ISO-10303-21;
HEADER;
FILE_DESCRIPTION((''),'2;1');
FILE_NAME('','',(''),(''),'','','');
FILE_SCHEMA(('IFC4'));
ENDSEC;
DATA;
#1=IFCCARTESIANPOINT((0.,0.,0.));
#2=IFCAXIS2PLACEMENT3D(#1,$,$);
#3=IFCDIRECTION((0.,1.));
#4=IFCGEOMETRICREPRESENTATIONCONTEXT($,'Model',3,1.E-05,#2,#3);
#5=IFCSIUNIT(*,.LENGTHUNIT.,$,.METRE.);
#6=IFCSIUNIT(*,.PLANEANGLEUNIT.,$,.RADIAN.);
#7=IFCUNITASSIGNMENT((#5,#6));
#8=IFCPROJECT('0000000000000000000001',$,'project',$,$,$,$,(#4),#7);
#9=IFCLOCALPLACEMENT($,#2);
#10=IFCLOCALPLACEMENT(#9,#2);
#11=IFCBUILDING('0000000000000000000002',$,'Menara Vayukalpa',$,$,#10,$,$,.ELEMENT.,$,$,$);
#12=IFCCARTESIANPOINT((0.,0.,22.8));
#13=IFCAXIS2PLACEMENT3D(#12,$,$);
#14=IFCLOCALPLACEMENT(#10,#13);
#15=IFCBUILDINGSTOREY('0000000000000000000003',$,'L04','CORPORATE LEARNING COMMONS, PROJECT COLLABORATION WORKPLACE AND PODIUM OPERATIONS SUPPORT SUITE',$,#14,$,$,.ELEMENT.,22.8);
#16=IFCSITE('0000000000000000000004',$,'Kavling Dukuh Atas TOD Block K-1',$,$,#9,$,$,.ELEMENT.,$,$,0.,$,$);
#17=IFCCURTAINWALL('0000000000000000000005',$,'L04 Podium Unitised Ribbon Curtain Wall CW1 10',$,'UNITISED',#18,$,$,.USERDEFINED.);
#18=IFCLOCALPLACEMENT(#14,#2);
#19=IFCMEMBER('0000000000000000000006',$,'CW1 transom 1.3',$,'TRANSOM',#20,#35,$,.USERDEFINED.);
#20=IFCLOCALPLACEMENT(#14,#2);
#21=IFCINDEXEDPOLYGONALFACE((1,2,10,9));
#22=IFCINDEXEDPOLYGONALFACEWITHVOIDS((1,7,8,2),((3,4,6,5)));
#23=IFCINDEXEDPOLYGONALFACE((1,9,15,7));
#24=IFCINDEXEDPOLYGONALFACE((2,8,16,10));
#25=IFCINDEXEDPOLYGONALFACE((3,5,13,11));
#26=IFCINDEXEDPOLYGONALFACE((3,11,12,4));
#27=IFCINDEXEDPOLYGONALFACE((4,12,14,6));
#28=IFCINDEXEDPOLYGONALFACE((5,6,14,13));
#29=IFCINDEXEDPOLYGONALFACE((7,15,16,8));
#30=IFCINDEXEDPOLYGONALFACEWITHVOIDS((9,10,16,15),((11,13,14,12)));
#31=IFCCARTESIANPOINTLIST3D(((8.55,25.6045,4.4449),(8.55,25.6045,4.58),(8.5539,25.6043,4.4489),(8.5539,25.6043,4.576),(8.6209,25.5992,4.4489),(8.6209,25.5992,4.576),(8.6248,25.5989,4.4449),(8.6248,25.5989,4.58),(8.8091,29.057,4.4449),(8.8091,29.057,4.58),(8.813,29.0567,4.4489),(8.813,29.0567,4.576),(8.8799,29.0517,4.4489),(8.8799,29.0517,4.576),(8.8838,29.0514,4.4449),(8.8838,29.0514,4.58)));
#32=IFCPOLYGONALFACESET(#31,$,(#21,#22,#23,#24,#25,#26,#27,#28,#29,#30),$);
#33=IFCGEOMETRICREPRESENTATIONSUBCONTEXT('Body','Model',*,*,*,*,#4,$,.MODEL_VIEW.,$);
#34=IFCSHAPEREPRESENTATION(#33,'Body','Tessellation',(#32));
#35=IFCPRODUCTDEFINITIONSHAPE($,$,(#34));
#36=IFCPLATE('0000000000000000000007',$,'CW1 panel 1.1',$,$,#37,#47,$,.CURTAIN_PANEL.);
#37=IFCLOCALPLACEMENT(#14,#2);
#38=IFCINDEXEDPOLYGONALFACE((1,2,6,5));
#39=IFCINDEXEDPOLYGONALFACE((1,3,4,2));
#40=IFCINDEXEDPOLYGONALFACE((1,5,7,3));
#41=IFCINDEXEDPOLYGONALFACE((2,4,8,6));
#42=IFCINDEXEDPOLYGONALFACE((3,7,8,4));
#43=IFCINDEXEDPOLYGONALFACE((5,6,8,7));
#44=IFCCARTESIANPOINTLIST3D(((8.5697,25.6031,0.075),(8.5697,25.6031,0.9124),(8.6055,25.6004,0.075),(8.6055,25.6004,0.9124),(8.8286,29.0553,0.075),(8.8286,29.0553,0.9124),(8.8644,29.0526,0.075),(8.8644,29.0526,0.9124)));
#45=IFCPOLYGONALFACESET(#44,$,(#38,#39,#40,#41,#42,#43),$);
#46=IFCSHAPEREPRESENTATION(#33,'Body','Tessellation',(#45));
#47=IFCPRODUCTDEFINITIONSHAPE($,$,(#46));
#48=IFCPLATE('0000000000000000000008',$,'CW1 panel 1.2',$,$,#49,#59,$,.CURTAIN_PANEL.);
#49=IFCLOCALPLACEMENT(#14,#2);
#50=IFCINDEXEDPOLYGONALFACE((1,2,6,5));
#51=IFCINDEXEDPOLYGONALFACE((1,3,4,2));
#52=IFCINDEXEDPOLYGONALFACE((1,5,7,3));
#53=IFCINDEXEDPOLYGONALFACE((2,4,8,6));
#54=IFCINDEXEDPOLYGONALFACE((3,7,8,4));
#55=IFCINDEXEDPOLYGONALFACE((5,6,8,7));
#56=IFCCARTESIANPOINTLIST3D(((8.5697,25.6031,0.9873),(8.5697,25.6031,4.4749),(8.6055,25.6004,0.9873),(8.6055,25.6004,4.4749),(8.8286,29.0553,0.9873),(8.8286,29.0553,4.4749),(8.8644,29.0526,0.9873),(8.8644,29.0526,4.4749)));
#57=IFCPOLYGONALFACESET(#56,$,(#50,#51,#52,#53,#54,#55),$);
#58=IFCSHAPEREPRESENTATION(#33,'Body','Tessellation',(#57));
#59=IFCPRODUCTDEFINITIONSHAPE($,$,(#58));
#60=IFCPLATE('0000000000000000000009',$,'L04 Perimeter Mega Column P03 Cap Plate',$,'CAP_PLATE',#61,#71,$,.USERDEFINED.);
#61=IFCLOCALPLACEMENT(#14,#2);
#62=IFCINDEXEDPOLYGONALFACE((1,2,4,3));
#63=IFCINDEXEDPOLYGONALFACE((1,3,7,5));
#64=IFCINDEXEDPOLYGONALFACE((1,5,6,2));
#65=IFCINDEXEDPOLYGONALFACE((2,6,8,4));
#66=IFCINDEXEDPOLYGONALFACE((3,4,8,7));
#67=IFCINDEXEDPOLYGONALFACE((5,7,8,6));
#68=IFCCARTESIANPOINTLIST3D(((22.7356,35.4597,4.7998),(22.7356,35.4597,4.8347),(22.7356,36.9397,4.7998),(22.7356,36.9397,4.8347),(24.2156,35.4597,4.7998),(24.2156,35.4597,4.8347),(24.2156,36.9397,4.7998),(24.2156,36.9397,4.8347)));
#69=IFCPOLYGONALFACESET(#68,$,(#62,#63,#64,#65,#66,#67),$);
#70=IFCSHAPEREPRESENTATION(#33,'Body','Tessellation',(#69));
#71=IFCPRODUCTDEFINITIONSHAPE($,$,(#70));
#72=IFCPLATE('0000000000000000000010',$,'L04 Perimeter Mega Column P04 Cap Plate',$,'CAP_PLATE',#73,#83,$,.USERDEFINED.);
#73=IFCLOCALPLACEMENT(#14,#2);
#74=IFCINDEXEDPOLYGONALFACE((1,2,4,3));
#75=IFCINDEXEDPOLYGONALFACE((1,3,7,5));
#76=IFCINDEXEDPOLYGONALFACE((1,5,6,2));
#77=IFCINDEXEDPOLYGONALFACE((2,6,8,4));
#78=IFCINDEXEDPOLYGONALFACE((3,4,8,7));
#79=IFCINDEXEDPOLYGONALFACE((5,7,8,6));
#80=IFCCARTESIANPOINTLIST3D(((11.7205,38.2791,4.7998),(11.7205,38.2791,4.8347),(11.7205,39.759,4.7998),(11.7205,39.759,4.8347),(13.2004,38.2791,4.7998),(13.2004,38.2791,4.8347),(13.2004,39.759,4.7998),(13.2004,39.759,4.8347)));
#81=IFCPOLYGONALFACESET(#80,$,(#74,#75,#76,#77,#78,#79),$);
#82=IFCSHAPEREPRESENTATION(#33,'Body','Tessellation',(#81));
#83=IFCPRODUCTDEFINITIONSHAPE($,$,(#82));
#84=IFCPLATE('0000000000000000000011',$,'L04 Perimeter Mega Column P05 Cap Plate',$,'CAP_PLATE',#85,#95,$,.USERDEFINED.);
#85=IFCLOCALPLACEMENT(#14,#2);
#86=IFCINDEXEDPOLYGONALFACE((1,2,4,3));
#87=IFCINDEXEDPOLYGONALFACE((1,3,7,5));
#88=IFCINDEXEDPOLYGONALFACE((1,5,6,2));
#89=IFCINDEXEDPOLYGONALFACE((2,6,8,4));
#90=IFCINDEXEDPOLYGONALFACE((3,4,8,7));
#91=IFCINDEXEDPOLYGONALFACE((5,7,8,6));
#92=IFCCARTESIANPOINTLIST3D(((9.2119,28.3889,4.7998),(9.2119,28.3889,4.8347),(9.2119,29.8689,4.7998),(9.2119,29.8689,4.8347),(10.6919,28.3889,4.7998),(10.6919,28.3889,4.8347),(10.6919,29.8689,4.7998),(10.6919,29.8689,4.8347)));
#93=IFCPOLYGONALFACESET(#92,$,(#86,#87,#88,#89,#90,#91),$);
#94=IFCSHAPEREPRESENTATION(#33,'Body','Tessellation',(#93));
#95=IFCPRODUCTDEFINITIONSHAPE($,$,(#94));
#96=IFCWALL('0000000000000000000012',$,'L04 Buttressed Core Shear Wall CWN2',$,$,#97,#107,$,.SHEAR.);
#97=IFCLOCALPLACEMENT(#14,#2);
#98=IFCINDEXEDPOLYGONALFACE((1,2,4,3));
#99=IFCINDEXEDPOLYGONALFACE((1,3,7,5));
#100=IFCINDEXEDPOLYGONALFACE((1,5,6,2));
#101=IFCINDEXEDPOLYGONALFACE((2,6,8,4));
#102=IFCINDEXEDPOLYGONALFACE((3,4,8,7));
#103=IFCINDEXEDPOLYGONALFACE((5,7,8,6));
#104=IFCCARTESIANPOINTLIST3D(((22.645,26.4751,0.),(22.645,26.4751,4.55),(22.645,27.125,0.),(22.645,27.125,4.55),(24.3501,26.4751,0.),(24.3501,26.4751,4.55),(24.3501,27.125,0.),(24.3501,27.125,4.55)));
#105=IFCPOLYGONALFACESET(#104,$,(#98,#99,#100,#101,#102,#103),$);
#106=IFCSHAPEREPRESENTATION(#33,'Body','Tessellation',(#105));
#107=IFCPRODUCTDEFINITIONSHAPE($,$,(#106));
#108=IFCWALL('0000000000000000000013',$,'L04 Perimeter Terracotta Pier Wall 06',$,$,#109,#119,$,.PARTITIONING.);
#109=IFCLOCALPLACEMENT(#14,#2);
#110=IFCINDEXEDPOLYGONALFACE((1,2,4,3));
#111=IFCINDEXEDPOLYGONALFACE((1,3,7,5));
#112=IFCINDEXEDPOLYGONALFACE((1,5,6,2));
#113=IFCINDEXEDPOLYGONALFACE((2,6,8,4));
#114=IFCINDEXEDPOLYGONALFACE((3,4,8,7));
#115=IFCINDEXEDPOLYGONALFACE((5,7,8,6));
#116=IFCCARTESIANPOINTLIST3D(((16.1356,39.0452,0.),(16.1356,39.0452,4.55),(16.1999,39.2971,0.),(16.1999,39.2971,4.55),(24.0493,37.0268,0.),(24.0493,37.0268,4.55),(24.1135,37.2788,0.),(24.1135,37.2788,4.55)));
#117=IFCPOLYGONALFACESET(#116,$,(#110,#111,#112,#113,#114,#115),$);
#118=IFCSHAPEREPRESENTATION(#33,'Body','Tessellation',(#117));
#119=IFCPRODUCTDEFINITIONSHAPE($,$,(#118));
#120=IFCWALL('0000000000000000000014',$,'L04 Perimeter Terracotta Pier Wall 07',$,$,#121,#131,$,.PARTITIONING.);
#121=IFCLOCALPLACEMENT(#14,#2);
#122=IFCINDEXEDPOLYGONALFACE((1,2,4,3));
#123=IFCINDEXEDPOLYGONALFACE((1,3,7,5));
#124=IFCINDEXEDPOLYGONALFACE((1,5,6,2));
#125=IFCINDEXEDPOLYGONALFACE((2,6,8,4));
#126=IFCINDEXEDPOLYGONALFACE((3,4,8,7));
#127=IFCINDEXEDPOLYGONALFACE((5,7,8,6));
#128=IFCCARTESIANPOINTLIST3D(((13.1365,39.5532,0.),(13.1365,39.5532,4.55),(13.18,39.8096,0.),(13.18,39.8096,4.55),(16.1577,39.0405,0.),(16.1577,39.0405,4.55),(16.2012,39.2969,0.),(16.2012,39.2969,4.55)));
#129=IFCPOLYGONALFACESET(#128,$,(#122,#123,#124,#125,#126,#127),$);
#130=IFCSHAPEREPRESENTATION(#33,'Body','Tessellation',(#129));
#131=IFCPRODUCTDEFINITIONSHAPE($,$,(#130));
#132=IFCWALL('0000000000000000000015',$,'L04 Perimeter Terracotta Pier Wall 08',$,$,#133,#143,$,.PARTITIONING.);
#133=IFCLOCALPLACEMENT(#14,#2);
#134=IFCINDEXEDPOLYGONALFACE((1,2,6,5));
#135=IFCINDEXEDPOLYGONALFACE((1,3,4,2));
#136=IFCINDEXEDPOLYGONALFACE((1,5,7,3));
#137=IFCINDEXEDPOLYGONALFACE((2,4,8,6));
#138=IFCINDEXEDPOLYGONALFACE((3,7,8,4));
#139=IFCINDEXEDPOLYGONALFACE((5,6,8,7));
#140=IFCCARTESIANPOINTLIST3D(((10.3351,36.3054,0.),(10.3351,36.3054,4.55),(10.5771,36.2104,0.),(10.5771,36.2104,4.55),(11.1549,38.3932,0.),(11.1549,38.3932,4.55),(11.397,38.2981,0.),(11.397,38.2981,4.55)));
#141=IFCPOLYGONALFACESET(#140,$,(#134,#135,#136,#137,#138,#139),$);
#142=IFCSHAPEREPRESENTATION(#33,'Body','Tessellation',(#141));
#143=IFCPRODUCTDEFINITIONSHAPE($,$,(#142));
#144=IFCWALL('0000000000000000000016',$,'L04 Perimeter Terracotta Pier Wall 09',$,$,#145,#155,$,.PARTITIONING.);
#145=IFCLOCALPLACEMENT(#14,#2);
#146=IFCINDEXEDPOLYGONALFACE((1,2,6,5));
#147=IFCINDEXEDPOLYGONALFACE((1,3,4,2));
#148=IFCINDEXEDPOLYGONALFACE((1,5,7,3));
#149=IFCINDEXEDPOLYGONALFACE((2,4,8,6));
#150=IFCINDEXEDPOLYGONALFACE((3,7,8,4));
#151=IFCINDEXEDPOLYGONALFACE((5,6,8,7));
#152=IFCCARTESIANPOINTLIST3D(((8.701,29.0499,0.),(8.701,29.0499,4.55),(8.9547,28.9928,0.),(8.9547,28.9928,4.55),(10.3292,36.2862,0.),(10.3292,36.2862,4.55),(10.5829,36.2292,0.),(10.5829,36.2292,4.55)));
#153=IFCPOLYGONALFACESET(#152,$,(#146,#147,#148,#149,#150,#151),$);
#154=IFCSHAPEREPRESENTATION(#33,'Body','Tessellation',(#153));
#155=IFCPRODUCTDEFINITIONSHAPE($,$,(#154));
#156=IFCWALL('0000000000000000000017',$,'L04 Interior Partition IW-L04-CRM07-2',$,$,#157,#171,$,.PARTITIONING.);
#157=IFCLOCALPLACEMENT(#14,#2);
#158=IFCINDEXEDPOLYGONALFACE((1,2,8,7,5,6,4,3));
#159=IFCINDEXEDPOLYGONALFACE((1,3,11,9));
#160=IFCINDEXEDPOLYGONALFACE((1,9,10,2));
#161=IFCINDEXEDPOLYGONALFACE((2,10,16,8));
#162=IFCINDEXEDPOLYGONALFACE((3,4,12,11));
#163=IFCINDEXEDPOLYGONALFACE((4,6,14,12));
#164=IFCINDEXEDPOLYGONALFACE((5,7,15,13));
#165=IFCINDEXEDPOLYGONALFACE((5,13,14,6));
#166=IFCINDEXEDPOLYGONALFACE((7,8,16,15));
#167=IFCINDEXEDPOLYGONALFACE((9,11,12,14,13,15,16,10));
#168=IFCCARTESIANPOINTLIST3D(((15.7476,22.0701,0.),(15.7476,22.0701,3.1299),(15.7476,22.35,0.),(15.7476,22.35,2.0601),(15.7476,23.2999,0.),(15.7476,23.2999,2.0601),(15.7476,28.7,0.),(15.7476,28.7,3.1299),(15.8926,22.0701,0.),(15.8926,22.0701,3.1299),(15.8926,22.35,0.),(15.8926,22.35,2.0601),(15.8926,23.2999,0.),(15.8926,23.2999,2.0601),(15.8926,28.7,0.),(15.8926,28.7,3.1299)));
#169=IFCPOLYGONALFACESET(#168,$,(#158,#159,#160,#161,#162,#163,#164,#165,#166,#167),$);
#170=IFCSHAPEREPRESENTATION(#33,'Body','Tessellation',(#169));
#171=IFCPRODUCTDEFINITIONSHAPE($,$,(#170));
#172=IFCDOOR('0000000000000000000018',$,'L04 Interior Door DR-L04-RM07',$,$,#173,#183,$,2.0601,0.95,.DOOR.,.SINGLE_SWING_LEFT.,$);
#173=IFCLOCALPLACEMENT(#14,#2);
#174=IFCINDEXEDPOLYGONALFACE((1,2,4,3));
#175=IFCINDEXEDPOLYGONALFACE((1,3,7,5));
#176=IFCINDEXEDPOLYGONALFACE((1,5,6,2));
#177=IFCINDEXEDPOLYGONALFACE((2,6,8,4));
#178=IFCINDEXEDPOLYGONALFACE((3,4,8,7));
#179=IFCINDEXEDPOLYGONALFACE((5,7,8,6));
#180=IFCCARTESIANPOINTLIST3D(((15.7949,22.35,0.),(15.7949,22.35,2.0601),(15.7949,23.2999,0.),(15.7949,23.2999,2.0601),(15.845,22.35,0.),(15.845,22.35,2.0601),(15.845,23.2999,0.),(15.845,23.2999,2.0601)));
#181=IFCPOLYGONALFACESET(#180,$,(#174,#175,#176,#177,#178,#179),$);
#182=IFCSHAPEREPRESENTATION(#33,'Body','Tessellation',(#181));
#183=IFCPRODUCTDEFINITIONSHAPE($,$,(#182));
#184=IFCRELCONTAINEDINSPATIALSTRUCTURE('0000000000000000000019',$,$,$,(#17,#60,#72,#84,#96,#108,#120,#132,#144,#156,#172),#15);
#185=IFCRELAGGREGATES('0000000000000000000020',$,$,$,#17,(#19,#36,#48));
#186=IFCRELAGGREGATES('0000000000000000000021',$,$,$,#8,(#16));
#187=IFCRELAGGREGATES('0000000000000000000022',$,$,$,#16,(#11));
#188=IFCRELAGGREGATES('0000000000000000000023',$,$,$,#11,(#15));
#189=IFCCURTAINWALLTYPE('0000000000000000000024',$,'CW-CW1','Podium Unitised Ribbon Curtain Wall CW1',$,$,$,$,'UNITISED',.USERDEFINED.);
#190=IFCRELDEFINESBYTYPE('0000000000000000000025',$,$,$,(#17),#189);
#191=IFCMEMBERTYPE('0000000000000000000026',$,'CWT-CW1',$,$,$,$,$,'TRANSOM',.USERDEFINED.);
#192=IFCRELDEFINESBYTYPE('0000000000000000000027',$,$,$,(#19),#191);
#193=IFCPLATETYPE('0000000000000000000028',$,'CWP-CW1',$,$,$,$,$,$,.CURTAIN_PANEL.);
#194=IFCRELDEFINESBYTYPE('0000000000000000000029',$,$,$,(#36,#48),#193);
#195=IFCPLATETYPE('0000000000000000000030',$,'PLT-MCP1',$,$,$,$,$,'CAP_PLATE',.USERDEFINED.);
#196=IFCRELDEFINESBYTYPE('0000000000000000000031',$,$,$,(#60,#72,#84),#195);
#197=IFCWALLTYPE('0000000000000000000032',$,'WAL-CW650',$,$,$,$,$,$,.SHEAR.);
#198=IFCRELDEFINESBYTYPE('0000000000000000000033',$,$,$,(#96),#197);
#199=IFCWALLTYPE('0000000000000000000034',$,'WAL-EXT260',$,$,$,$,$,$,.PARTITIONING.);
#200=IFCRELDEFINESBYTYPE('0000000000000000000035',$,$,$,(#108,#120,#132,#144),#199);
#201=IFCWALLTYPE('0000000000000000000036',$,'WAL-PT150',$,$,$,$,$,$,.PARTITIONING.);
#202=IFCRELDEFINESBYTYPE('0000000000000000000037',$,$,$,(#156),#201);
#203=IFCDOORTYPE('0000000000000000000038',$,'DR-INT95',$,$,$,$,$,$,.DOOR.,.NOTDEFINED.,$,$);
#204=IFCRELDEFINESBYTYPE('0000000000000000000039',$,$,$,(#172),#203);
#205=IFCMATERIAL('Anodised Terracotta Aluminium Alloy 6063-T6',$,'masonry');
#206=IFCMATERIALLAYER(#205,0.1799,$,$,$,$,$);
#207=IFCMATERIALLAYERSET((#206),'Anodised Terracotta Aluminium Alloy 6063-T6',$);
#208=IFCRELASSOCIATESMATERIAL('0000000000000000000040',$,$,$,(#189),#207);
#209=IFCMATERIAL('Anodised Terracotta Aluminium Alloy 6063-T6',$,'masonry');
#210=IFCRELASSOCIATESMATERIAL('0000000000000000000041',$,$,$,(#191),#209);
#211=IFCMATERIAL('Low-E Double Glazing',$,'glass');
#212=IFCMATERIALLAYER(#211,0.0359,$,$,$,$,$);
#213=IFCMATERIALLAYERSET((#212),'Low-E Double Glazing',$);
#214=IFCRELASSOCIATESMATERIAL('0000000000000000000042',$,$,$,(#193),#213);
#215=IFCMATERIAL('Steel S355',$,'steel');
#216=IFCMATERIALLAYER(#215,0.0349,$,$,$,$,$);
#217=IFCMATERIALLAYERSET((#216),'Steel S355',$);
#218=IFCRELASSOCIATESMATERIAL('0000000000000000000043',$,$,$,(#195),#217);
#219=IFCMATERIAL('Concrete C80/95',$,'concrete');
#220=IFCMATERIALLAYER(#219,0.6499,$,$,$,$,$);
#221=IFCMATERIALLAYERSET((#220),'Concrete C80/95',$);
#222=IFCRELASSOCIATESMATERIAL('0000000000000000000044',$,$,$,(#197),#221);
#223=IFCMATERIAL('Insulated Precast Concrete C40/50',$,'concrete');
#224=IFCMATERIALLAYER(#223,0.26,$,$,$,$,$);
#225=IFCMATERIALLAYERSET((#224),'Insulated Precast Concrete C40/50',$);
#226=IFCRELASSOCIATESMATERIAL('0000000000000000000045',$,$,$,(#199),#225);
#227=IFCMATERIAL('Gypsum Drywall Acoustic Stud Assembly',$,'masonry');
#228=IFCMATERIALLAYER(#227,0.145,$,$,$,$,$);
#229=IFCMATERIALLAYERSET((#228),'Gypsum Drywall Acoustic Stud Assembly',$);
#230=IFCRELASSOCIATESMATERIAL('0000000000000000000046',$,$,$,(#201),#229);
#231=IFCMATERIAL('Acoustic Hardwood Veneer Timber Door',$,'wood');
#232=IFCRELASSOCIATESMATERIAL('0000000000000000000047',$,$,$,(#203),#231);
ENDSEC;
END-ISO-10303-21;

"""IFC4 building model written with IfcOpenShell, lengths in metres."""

from ifc_helpers import new_model, si_unit, direction, frame, frame_2d, origin, origin_2d, place, context, subcontext, project, spatial, rectangle, hollow_rectangle, extrude, material, layer, layer_set, material_profile, profile_set, type_object, element, fill, aggregate, save


model = new_model("IFC4")

# Units and contexts
model_context = context("Model", 3, precision=1e-05, world=origin(), true_north=direction((0.0, 1.0)))
body_context = subcontext(model_context, "Body", "Model", "MODEL_VIEW")
ifc_project = project(units=[si_unit("LENGTHUNIT", "METRE"), si_unit("PLANEANGLEUNIT", "RADIAN")], contexts=[model_context])

# Site, building, storey
site_placement = place(None, origin())
site = spatial("IfcSite", under=ifc_project, at=site_placement, Name="Kavling Dukuh Atas TOD Block K-1", CompositionType="ELEMENT", RefElevation=0.0)
building_placement = place(site_placement, origin())
building = spatial("IfcBuilding", under=site, at=building_placement, Name="Menara Vayukalpa", CompositionType="ELEMENT")
storey_placement = place(building_placement, frame((0.0, 0.0, 22.8)))
storey = spatial("IfcBuildingStorey", under=building, at=storey_placement, Name="L04", Description="CORPORATE LEARNING COMMONS, PROJECT COLLABORATION WORKPLACE AND PODIUM OPERATIONS SUPPORT SUITE", CompositionType="ELEMENT", Elevation=22.8)

# Shared definitions
ifc_material_1 = material(Name="Anodised Terracotta Aluminium Alloy 6063-T6", Category="masonry")
ifc_layer_1 = layer(ifc_material_1, 0.1799)
ifc_layer_set_1 = layer_set([ifc_layer_1], Name="Anodised Terracotta Aluminium Alloy 6063-T6")
curtain_wall_type = type_object("IfcCurtainWallType", Name="CW-CW1", Description="Podium Unitised Ribbon Curtain Wall CW1", ElementType="UNITISED", PredefinedType="USERDEFINED", material=ifc_layer_set_1)

# Curtain wall, member, plates
curtain_wall_1_placement = place(storey_placement, origin())
curtain_wall_1 = element("IfcCurtainWall", 1, at=curtain_wall_1_placement, inside=storey, type_object=curtain_wall_type, Name="L04 Podium Unitised Ribbon Curtain Wall CW1 10", ObjectType="UNITISED", PredefinedType="USERDEFINED")
ifc_material_2 = material(Name="Anodised Terracotta Aluminium Alloy 6063-T6", Category="masonry")
ifc_material_profile_1 = material_profile(ifc_material_2, hollow_rectangle(XDim=0.075, YDim=0.135, WallThickness=0.0039, at=origin_2d()), Name="ALU 75x135x4")
ifc_profile_set_1 = profile_set([ifc_material_profile_1], Name="Anodised Terracotta Aluminium Alloy 6063-T6")
member_type_1 = type_object("IfcMemberType", Name="CWT-CW1", ElementType="TRANSOM", PredefinedType="USERDEFINED", material=ifc_profile_set_1)
member_1_placement = place(storey_placement, frame((8.8464, 29.0542, 4.5125), z_axis=(-0.07482, -0.997197, 0.0), x_axis=(0.997197, -0.07482, 0.0)))
member_1 = element("IfcMember", 2, at=member_1_placement, type_object=member_type_1, Name="CW1 transom 1.3", ObjectType="TRANSOM", PredefinedType="USERDEFINED", context=body_context, shape_type="SweptSolid", body=[
    extrude(hollow_rectangle(XDim=0.075, YDim=0.135, WallThickness=0.0039, at=origin_2d()), origin(), (0.0, 0.0, 1.0), 3.4622),
])
ifc_material_3 = material(Name="Low-E Double Glazing", Category="glass")
ifc_layer_2 = layer(ifc_material_3, 0.0359)
ifc_layer_set_2 = layer_set([ifc_layer_2], Name="Low-E Double Glazing")
plate_type_1 = type_object("IfcPlateType", Name="CWP-CW1", PredefinedType="CURTAIN_PANEL", material=ifc_layer_set_2)
plate_1_placement = place(storey_placement, frame((8.717, 27.3279, 0.075), z_axis=(0.0, 0.0, 1.0), x_axis=(-0.074794, -0.997199, 0.0)))
plate_1 = element("IfcPlate", 3, at=plate_1_placement, type_object=plate_type_1, Name="CW1 panel 1.1", PredefinedType="CURTAIN_PANEL", context=body_context, shape_type="SweptSolid", body=[
    extrude(rectangle(XDim=3.4619, YDim=0.0359, at=origin_2d()), origin(), (0.0, 0.0, 1.0), 0.8374),
])
plate_2_placement = place(storey_placement, frame((8.717, 27.3279, 0.9873), z_axis=(0.0, 0.0, 1.0), x_axis=(-0.074794, -0.997199, 0.0)))
plate_2 = element("IfcPlate", 4, at=plate_2_placement, type_object=plate_type_1, Name="CW1 panel 1.2", PredefinedType="CURTAIN_PANEL", context=body_context, shape_type="SweptSolid", body=[
    extrude(rectangle(XDim=3.4619, YDim=0.0359, at=origin_2d()), origin(), (0.0, 0.0, 1.0), 3.4875),
])
aggregate(curtain_wall_1, [member_1, plate_1, plate_2])

# Plates
ifc_material_4 = material(Name="Steel S355", Category="steel")
ifc_layer_3 = layer(ifc_material_4, 0.0349)
ifc_layer_set_3 = layer_set([ifc_layer_3], Name="Steel S355")
plate_type_2 = type_object("IfcPlateType", Name="PLT-MCP1", ElementType="CAP_PLATE", PredefinedType="USERDEFINED", material=ifc_layer_set_3)
for number, where, z_axis, x_axis, name in (
    (5, (23.4756, 36.1997, 4.7998), (0.0, 0.0, 1.0), (1.0, 0.0, 0.0), "L04 Perimeter Mega Column P03 Cap Plate"),
    (6, (12.4604, 39.019, 4.7998), (0.0, 0.0, 1.0), (1.0, 0.0, 0.0), "L04 Perimeter Mega Column P04 Cap Plate"),
    (7, (9.9519, 29.1289, 4.7998), (0.0, 0.0, 1.0), (1.0, 0.0, 0.0), "L04 Perimeter Mega Column P05 Cap Plate"),
):
    element("IfcPlate", number, at=place(storey_placement, frame(where, z_axis=z_axis, x_axis=x_axis)), inside=storey, type_object=plate_type_2, Name=name, ObjectType="CAP_PLATE", PredefinedType="USERDEFINED", context=body_context, shape_type="SweptSolid", body=[
        extrude(rectangle(XDim=1.48, YDim=1.48, at=origin_2d()), origin(), (0.0, 0.0, 1.0), 0.0349),
    ])

# Walls
ifc_material_5 = material(Name="Concrete C80/95", Category="concrete")
ifc_layer_4 = layer(ifc_material_5, 0.6499)
ifc_layer_set_4 = layer_set([ifc_layer_4], Name="Concrete C80/95")
wall_type_1 = type_object("IfcWallType", Name="WAL-CW650", PredefinedType="SHEAR", material=ifc_layer_set_4)
wall_1_placement = place(storey_placement, frame((22.645, 26.8, 0.0), z_axis=(0.0, 0.0, 1.0), x_axis=(1.0, 0.0, 0.0)))
element("IfcWall", 8, at=wall_1_placement, inside=storey, type_object=wall_type_1, Name="L04 Buttressed Core Shear Wall CWN2", PredefinedType="SHEAR", context=body_context, shape_type="SweptSolid", body=[
    extrude(rectangle(XDim=1.7051, YDim=0.6499, at=frame_2d((0.8525, 0.0))), origin(), (0.0, 0.0, 1.0), 4.55),
])
ifc_material_6 = material(Name="Insulated Precast Concrete C40/50", Category="concrete")
ifc_layer_5 = layer(ifc_material_6, 0.26)
ifc_layer_set_5 = layer_set([ifc_layer_5], Name="Insulated Precast Concrete C40/50")
wall_type_2 = type_object("IfcWallType", Name="WAL-EXT260", PredefinedType="PARTITIONING", material=ifc_layer_set_5)
wall_2_placement = place(storey_placement, frame((16.1677, 39.1711, 0.0), z_axis=(0.0, 0.0, 1.0), x_axis=(0.968982, -0.247133, 0.0)))
element("IfcWall", 9, at=wall_2_placement, inside=storey, type_object=wall_type_2, Name="L04 Perimeter Terracotta Pier Wall 06", PredefinedType="PARTITIONING", context=body_context, shape_type="SweptSolid", body=[
    extrude(rectangle(XDim=8.167, YDim=0.26, at=frame_2d((4.0835, 0.0))), origin(), (0.0, 0.0, 1.0), 4.55),
])
wall_3_placement = place(storey_placement, frame((13.1582, 39.6814, 0.0), z_axis=(0.0, 0.0, 1.0), x_axis=(0.985905, -0.167305, 0.0)))
element("IfcWall", 10, at=wall_3_placement, inside=storey, type_object=wall_type_2, Name="L04 Perimeter Terracotta Pier Wall 07", PredefinedType="PARTITIONING", context=body_context, shape_type="SweptSolid", body=[
    extrude(rectangle(XDim=3.0645, YDim=0.26, at=frame_2d((1.5322, 0.0))), origin(), (0.0, 0.0, 1.0), 4.55),
])
wall_4_placement = place(storey_placement, frame((10.4561, 36.2578, 0.0), z_axis=(0.0, 0.0, 1.0), x_axis=(0.365528, 0.9308, 0.0)))
element("IfcWall", 11, at=wall_4_placement, inside=storey, type_object=wall_type_2, Name="L04 Perimeter Terracotta Pier Wall 08", PredefinedType="PARTITIONING", context=body_context, shape_type="SweptSolid", body=[
    extrude(rectangle(XDim=2.2429, YDim=0.26, at=frame_2d((1.1216, 0.0))), origin(), (0.0, 0.0, 1.0), 4.55),
])
wall_5_placement = place(storey_placement, frame((8.8279, 29.0215, 0.0), z_axis=(0.0, 0.0, 1.0), x_axis=(0.219512, 0.97561, 0.0)))
element("IfcWall", 12, at=wall_5_placement, inside=storey, type_object=wall_type_2, Name="L04 Perimeter Terracotta Pier Wall 09", PredefinedType="PARTITIONING", context=body_context, shape_type="SweptSolid", body=[
    extrude(rectangle(XDim=7.4172, YDim=0.26, at=frame_2d((3.7085, 0.0))), origin(), (0.0, 0.0, 1.0), 4.55),
])

# Wall, opening, door
ifc_material_7 = material(Name="Gypsum Drywall Acoustic Stud Assembly", Category="masonry")
ifc_layer_6 = layer(ifc_material_7, 0.145)
ifc_layer_set_6 = layer_set([ifc_layer_6], Name="Gypsum Drywall Acoustic Stud Assembly")
wall_type_3 = type_object("IfcWallType", Name="WAL-PT150", PredefinedType="PARTITIONING", material=ifc_layer_set_6)
wall_6_placement = place(storey_placement, frame((15.8201, 28.7, 0.0), z_axis=(0.0, 0.0, 1.0), x_axis=(0.0, -1.0, 0.0)))
wall_6 = element("IfcWall", 13, at=wall_6_placement, inside=storey, type_object=wall_type_3, Name="L04 Interior Partition IW-L04-CRM07-2", PredefinedType="PARTITIONING", context=body_context, shape_type="SweptSolid", body=[
    extrude(rectangle(XDim=6.6299, YDim=0.145, at=frame_2d((3.3149, 0.0))), origin(), (0.0, 0.0, 1.0), 3.1299),
])
opening_placement = place(wall_6_placement, frame((5.3999, 0.0, 0.0)))
opening = element("IfcOpeningElement", 14, at=opening_placement, cuts=wall_6, PredefinedType="OPENING", context=body_context, shape_type="SweptSolid", body=[
    extrude(rectangle(XDim=0.95, YDim=2.0601, at=frame_2d((0.4751, 1.03))), frame((0.0, 0.0825, 0.0), z_axis=(0.0, -1.0, 0.0), x_axis=(1.0, 0.0, 0.0)), (0.0, 0.0, 1.0), 0.165),
])
ifc_material_8 = material(Name="Acoustic Hardwood Veneer Timber Door", Category="wood")
door_type = type_object("IfcDoorType", Name="DR-INT95", OperationType="NOTDEFINED", PredefinedType="DOOR", material=ifc_material_8)
door_placement = place(opening_placement, origin())
door = element("IfcDoor", 15, at=door_placement, inside=storey, type_object=door_type, Name="L04 Interior Door DR-L04-RM07", OperationType="SINGLE_SWING_LEFT", OverallHeight=2.0601, OverallWidth=0.95, PredefinedType="DOOR", context=body_context, shape_type="SweptSolid", body=[
    extrude(rectangle(XDim=0.95, YDim=2.0601, at=frame_2d((0.4751, 1.03))), frame((0.0, 0.0249, 0.0), z_axis=(0.0, -1.0, 0.0), x_axis=(1.0, 0.0, 0.0)), (0.0, 0.0, 1.0), 0.05),
])
fill(opening, door)

save(model, "model.ifc")
